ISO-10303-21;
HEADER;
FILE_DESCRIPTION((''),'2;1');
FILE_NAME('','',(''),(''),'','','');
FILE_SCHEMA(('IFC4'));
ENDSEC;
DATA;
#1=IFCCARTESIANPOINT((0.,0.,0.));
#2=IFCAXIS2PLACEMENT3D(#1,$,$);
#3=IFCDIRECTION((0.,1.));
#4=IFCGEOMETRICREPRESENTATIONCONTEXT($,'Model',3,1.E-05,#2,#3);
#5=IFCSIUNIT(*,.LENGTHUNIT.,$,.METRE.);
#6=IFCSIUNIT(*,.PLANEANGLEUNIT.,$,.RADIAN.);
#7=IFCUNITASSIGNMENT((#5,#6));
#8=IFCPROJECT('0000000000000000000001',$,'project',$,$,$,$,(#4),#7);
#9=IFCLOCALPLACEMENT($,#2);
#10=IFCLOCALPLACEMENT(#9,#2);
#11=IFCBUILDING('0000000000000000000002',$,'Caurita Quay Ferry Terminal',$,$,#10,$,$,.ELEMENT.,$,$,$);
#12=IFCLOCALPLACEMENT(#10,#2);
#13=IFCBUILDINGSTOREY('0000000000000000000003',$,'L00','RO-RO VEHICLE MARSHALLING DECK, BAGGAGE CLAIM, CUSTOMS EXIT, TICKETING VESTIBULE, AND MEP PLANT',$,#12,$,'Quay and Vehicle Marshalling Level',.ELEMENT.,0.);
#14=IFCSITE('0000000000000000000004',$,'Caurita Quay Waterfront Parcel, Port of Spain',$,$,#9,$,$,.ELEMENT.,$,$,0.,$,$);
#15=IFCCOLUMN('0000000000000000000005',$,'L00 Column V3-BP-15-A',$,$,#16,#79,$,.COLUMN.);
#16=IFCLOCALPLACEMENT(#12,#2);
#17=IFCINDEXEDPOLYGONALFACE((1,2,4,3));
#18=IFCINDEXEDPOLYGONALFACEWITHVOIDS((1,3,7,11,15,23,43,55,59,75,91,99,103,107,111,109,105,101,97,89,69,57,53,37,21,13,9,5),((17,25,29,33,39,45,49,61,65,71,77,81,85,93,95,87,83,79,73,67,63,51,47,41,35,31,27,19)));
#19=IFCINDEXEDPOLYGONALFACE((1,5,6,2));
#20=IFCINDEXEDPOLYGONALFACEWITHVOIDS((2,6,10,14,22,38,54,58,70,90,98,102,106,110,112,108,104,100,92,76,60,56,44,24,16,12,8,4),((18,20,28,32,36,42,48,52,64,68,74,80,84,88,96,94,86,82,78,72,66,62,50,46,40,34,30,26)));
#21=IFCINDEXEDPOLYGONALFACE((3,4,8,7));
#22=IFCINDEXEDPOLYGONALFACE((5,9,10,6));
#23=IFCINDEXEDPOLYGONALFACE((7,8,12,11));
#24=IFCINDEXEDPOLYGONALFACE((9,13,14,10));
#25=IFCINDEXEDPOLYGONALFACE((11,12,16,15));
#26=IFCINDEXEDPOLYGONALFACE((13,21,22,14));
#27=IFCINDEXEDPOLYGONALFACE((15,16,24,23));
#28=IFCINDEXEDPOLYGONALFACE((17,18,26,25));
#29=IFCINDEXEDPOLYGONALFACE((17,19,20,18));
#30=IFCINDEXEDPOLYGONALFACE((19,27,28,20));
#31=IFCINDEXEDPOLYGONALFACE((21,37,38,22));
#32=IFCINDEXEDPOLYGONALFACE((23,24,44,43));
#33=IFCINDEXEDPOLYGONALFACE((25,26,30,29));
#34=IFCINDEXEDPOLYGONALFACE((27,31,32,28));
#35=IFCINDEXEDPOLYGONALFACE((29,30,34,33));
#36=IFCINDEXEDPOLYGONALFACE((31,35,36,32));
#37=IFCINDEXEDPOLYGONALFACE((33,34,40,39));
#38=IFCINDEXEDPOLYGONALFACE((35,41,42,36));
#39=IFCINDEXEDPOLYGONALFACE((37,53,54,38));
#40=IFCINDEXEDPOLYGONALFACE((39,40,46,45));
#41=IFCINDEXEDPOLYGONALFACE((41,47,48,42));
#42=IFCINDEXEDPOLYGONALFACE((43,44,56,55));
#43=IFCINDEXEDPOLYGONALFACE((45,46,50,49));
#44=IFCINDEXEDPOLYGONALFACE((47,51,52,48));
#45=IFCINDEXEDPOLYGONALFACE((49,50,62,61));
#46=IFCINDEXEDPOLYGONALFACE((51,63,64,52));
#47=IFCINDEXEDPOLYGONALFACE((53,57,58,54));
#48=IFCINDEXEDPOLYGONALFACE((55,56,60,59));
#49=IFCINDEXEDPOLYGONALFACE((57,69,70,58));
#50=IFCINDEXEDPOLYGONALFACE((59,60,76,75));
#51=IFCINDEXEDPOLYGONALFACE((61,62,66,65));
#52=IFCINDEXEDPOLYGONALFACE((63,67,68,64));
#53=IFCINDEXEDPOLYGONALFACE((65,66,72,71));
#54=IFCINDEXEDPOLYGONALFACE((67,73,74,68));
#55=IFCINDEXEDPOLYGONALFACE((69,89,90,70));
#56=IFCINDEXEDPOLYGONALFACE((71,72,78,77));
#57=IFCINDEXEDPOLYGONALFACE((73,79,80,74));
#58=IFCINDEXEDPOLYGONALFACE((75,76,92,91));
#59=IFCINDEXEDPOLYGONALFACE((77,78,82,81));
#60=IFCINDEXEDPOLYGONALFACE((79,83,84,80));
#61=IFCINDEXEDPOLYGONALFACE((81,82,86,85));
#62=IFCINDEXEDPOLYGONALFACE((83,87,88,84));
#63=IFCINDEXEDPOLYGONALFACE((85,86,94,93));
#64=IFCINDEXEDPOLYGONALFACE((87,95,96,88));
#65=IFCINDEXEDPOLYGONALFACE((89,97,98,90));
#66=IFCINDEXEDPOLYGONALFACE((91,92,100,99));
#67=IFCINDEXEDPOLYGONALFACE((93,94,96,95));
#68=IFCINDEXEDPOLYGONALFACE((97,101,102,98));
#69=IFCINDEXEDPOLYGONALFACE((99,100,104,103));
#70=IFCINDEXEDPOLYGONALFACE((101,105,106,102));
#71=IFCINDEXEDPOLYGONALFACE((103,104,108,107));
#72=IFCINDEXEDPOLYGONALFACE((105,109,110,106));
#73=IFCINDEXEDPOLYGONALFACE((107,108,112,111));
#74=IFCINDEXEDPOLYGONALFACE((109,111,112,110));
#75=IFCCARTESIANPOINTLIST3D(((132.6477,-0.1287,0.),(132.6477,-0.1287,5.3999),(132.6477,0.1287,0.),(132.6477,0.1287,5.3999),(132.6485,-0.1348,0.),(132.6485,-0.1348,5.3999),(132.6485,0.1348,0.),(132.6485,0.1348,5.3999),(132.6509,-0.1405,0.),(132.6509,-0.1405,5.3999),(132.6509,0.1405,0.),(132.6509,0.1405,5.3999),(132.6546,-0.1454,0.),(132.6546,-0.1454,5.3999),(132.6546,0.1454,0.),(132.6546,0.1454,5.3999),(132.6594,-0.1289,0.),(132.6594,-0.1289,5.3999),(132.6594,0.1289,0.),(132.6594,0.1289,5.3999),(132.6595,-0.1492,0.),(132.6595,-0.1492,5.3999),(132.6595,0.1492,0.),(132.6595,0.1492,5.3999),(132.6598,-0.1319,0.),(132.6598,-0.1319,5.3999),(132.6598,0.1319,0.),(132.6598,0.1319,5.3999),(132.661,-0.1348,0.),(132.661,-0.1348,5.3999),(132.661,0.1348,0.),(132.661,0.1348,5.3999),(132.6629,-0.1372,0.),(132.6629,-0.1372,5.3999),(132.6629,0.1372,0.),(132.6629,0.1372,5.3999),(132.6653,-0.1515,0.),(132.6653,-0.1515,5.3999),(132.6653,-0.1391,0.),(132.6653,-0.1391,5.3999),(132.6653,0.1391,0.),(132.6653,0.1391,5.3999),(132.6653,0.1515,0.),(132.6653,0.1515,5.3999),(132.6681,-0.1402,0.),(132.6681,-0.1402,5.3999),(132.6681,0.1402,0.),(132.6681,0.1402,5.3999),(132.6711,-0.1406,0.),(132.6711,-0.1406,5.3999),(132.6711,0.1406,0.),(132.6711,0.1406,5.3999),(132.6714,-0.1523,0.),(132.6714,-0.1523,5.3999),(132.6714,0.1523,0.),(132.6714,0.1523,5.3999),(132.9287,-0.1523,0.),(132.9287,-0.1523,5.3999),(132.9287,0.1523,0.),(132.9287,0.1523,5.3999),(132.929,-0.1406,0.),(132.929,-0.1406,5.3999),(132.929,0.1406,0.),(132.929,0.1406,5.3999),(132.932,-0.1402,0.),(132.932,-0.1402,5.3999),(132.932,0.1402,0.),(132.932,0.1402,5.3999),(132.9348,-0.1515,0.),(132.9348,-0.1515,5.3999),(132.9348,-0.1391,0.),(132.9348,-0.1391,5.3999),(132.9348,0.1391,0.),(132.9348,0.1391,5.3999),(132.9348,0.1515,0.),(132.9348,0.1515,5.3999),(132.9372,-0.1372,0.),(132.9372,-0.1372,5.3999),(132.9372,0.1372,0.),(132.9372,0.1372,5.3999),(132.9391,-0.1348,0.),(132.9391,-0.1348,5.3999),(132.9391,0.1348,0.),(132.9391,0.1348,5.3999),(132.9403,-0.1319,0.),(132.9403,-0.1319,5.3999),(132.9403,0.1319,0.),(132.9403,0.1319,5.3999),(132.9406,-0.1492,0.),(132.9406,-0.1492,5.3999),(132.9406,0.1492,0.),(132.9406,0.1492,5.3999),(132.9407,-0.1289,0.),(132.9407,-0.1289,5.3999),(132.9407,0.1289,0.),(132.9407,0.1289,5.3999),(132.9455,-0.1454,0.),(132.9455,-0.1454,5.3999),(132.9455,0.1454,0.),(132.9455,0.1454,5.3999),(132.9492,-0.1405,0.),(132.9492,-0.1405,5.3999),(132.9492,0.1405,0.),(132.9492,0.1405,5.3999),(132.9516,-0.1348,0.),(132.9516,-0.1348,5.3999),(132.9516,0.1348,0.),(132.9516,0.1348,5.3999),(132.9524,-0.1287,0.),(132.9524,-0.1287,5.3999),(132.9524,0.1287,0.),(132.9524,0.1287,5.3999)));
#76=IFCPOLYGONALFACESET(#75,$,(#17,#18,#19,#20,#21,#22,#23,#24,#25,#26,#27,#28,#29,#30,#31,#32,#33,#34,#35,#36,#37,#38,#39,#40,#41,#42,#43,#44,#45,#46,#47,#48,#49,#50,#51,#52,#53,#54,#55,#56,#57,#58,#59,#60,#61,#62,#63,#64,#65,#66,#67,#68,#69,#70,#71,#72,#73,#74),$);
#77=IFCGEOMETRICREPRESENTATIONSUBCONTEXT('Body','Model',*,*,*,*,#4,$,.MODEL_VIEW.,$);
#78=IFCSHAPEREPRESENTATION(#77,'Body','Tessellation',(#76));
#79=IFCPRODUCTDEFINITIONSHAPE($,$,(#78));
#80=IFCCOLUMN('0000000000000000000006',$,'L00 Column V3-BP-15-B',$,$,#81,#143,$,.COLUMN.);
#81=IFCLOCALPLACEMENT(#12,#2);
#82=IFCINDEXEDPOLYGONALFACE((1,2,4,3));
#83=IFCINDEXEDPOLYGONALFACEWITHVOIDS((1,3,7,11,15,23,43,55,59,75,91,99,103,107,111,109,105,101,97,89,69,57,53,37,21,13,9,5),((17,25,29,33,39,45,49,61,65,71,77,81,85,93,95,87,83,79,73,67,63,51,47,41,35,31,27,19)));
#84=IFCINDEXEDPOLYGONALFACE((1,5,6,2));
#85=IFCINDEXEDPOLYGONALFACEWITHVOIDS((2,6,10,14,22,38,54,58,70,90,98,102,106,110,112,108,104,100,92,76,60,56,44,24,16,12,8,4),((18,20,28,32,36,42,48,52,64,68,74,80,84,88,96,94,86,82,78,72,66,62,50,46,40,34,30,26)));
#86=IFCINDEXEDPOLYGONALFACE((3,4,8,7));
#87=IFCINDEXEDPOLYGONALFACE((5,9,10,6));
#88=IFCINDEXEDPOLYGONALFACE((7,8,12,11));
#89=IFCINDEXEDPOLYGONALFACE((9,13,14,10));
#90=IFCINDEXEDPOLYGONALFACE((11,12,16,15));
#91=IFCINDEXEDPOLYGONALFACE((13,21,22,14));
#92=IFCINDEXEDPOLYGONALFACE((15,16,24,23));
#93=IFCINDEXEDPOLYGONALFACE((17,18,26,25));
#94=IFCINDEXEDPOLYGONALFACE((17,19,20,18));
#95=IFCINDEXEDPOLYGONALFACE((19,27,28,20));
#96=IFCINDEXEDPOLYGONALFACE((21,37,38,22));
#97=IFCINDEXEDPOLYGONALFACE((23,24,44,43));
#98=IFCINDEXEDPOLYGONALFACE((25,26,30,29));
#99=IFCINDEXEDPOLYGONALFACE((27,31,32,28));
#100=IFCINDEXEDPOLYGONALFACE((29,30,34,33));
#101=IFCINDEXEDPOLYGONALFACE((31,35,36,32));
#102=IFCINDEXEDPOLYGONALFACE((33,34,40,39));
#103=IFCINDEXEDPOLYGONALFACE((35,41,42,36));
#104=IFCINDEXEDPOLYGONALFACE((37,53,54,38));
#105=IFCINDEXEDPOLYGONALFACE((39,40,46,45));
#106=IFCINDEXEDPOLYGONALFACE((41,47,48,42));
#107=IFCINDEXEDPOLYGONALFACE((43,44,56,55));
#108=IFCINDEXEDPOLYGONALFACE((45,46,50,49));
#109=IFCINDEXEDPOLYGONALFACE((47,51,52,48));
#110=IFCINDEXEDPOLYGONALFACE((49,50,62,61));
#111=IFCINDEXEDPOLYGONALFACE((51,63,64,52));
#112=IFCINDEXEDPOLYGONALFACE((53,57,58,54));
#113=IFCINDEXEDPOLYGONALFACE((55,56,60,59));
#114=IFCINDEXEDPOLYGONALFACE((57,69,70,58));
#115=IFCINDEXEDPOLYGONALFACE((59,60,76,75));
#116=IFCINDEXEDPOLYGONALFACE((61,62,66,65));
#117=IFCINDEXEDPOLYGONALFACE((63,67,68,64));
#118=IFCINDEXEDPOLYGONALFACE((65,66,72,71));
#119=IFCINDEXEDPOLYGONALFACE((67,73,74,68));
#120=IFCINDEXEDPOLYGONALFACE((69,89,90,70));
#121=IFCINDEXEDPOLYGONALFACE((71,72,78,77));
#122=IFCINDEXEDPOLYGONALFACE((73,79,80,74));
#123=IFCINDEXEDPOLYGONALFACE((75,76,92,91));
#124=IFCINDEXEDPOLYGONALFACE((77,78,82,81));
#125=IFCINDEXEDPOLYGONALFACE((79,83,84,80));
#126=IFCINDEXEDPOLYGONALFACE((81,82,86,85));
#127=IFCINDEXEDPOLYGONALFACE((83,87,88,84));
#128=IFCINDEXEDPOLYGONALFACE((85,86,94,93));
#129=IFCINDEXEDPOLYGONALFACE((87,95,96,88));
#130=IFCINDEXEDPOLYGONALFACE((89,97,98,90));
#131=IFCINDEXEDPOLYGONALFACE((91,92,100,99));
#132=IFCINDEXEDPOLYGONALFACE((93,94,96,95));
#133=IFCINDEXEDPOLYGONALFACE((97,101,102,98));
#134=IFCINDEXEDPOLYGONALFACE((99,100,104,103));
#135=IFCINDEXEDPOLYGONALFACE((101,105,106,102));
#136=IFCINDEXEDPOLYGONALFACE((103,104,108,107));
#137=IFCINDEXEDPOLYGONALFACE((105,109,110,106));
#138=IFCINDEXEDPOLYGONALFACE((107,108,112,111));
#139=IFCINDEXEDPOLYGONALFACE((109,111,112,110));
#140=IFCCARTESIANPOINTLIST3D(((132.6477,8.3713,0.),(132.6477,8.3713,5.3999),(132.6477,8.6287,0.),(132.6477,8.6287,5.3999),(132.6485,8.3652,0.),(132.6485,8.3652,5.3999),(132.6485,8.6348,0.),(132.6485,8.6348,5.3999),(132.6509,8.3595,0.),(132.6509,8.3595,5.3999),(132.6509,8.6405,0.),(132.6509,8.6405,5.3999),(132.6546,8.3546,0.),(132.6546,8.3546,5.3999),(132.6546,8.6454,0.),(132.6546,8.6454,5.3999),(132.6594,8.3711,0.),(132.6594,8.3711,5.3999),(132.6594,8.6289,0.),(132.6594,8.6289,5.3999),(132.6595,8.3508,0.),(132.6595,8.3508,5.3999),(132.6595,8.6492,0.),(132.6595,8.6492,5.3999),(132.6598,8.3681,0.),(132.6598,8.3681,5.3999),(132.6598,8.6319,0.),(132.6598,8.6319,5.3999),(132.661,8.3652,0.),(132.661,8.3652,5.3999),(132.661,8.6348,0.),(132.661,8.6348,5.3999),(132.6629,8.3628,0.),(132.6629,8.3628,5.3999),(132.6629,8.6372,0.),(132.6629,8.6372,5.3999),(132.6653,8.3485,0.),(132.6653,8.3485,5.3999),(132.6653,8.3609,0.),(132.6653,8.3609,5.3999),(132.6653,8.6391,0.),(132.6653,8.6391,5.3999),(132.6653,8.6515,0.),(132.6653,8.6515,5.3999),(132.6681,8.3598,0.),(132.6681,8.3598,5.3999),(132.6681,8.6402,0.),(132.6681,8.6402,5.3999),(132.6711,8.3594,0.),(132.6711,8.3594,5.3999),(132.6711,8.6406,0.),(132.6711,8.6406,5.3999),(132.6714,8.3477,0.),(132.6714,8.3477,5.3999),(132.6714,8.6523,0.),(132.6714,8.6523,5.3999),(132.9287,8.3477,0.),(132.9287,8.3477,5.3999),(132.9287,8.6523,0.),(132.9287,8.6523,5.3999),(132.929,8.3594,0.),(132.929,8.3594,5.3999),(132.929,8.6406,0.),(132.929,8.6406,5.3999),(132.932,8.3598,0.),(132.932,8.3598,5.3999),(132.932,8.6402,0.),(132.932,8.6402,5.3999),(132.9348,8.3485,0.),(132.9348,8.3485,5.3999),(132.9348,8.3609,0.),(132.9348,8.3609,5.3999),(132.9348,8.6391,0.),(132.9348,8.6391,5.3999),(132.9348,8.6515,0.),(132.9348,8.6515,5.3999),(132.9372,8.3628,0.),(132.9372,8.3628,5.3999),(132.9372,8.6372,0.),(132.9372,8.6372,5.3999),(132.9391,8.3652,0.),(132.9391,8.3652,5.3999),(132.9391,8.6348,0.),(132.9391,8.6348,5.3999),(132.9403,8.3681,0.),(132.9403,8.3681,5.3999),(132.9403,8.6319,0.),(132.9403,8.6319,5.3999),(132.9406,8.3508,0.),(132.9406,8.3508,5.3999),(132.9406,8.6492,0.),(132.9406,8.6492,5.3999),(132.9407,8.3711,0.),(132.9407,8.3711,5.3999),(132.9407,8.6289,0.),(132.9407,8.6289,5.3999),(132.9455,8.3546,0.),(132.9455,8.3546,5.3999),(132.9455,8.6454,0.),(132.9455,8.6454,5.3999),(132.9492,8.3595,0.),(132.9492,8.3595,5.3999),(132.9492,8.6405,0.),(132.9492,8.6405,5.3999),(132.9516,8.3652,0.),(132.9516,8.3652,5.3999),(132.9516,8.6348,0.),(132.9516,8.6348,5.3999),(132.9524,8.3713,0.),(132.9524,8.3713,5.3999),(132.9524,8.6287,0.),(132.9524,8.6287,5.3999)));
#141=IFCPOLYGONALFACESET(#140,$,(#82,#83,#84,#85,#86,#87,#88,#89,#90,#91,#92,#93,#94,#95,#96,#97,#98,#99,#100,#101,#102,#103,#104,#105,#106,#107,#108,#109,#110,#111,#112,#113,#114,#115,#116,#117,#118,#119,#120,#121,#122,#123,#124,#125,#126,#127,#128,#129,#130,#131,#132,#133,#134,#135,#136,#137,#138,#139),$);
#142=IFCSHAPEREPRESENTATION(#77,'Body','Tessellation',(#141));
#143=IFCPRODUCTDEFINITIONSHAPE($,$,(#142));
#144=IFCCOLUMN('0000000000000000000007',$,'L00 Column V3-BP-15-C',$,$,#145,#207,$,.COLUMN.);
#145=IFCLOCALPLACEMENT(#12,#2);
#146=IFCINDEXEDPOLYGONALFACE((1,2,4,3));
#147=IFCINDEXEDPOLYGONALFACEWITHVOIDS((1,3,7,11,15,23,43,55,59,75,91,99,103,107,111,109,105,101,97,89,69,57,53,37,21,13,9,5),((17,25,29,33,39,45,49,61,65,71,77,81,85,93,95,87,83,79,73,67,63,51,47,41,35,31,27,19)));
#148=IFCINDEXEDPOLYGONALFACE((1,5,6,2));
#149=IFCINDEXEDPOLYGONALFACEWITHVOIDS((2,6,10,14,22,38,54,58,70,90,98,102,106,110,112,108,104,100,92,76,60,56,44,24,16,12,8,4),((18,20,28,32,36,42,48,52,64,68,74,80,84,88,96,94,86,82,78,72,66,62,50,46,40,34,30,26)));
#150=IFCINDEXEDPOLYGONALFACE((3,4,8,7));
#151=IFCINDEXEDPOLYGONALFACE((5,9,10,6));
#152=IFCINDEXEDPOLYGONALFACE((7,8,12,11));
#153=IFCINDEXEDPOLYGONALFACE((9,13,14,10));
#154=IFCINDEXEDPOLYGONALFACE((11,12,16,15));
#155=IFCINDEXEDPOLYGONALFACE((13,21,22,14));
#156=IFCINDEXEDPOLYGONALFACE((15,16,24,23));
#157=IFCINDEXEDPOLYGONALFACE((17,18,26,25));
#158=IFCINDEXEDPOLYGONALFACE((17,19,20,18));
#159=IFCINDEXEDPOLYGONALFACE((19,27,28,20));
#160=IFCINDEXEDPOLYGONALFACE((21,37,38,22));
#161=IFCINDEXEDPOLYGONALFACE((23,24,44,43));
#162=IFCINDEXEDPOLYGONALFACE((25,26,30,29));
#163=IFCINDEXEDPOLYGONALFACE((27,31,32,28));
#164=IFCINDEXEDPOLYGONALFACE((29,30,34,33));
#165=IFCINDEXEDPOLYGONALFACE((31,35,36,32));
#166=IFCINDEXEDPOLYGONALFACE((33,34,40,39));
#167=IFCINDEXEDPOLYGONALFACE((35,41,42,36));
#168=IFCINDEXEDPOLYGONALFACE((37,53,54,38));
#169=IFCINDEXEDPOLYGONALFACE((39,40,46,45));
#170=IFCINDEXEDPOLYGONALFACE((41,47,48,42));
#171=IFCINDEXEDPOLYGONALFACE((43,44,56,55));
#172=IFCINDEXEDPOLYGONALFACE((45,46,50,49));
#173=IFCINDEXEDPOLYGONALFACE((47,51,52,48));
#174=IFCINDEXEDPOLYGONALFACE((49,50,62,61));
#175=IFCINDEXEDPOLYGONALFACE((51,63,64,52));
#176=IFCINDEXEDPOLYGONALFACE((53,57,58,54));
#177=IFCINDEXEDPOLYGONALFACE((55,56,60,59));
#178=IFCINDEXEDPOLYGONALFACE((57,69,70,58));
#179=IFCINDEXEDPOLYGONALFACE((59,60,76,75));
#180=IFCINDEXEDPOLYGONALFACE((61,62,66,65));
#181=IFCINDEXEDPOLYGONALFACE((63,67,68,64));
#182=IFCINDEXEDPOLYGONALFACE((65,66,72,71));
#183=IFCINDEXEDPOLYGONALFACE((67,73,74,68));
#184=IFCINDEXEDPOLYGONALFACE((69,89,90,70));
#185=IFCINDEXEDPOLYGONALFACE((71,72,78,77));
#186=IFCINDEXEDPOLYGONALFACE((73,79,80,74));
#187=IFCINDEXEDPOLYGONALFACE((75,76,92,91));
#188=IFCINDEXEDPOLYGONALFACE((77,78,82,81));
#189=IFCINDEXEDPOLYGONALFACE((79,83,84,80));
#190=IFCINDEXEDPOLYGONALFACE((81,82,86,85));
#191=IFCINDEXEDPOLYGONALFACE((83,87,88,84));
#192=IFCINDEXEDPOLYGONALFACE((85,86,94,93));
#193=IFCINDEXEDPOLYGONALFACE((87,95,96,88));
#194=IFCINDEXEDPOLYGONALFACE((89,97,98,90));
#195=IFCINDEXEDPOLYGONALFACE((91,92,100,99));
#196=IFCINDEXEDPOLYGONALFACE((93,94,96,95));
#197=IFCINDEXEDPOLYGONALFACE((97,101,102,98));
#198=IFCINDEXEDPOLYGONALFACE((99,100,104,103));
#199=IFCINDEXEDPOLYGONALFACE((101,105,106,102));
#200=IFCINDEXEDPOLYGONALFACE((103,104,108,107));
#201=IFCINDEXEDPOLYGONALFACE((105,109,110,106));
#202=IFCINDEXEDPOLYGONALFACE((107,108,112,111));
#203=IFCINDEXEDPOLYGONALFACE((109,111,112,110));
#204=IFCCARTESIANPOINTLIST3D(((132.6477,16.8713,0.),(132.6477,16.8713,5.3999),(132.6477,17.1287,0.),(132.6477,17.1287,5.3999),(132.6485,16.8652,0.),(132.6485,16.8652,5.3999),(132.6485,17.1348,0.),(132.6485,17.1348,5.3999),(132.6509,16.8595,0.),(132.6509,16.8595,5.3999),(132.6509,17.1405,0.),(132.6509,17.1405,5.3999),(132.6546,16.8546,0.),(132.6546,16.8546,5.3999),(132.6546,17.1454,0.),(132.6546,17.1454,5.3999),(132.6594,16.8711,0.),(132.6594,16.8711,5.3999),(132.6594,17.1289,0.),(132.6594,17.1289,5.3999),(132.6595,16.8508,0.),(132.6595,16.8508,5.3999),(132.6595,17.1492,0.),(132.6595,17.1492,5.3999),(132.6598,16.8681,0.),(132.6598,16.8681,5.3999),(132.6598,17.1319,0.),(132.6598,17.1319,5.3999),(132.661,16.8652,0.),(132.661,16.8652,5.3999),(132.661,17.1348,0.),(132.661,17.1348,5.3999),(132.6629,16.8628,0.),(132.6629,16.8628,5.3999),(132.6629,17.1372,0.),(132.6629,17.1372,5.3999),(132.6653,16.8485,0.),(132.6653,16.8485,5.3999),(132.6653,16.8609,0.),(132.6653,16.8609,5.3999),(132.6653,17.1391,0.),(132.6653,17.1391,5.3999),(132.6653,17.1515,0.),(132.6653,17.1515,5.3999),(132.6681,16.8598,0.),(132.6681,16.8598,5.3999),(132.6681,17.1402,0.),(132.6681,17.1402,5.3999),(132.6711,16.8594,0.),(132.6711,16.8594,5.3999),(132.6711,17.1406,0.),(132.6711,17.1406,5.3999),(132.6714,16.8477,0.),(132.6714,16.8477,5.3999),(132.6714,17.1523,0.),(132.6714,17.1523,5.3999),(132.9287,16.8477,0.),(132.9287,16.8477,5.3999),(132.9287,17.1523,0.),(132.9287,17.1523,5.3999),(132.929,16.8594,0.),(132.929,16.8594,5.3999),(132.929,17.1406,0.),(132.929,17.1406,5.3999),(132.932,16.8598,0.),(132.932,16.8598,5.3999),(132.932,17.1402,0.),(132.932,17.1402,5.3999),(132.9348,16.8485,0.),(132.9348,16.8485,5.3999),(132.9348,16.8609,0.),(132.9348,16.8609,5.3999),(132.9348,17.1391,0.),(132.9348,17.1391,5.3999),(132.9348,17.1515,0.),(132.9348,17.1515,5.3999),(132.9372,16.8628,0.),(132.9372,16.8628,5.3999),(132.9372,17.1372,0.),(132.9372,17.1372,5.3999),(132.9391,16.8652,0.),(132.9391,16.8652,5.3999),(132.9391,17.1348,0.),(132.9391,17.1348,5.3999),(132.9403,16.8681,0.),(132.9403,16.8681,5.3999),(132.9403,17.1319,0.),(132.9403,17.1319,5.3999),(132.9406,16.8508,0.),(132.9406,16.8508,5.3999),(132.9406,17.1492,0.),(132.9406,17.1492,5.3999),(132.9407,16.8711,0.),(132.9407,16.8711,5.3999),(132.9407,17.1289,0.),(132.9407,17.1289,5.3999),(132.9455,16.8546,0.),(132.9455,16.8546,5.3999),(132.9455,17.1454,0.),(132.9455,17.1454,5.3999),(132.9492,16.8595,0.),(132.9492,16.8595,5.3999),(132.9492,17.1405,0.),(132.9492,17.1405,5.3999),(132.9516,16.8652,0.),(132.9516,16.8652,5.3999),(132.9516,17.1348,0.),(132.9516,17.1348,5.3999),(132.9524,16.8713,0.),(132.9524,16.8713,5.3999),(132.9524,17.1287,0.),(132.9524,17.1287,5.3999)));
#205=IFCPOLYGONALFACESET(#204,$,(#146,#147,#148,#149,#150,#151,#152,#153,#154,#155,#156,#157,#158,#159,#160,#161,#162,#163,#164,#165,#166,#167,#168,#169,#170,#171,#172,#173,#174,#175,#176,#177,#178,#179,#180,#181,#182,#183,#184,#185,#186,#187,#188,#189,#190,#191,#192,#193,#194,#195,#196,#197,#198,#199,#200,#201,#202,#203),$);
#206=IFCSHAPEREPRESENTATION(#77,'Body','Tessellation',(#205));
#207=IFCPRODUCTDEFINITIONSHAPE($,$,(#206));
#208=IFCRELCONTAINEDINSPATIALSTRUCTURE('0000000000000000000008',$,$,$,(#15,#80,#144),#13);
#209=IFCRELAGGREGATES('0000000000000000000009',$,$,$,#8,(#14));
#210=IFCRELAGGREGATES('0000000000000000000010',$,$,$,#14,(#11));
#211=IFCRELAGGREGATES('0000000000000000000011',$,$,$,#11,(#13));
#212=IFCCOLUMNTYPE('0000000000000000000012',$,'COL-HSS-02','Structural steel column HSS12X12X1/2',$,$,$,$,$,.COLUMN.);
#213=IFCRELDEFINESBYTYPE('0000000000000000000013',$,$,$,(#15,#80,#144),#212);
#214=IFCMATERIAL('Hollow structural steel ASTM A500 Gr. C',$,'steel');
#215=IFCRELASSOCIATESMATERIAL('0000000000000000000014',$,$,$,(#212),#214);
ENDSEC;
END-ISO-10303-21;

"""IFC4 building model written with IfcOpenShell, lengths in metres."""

from ifc_helpers import new_model, si_unit, direction, frame, origin, origin_2d, place, context, subcontext, project, spatial, hollow_rectangle, extrude, material, material_profile, profile_set, type_object, element, save


model = new_model("IFC4")

# Units and contexts
model_context = context("Model", 3, precision=1e-05, world=origin(), true_north=direction((0.0, 1.0)))
body_context = subcontext(model_context, "Body", "Model", "MODEL_VIEW")
ifc_project = project(units=[si_unit("LENGTHUNIT", "METRE"), si_unit("PLANEANGLEUNIT", "RADIAN")], contexts=[model_context])

# Site, building, storey
site_placement = place(None, origin())
site = spatial("IfcSite", under=ifc_project, at=site_placement, Name="Caurita Quay Waterfront Parcel, Port of Spain", CompositionType="ELEMENT", RefElevation=0.0)
building_placement = place(site_placement, origin())
building = spatial("IfcBuilding", under=site, at=building_placement, Name="Caurita Quay Ferry Terminal", CompositionType="ELEMENT")
storey_placement = place(building_placement, origin())
storey = spatial("IfcBuildingStorey", under=building, at=storey_placement, Name="L00", Description="RO-RO VEHICLE MARSHALLING DECK, BAGGAGE CLAIM, CUSTOMS EXIT, TICKETING VESTIBULE, AND MEP PLANT", LongName="Quay and Vehicle Marshalling Level", CompositionType="ELEMENT", Elevation=0.0)

# Columns
ifc_material_1 = material(Name="Hollow structural steel ASTM A500 Gr. C", Category="steel")
ifc_material_profile_1 = material_profile(ifc_material_1, hollow_rectangle(XDim=0.3047, YDim=0.3047, WallThickness=0.0117, InnerFilletRadius=0.0117, OuterFilletRadius=0.0237, at=origin_2d()), Name="HSS12X12X1/2")
ifc_profile_set_1 = profile_set([ifc_material_profile_1], Name="Hollow structural steel ASTM A500 Gr. C")
column_type = type_object("IfcColumnType", Name="COL-HSS-02", Description="Structural steel column HSS12X12X1/2", PredefinedType="COLUMN", material=ifc_profile_set_1)
for number, where, z_axis, x_axis, name in (
    (1, (132.8, 0.0, 0.0), (0.0, 0.0, 1.0), (1.0, 0.0, 0.0), "L00 Column V3-BP-15-A"),
    (2, (132.8, 8.5, 0.0), (0.0, 0.0, 1.0), (1.0, 0.0, 0.0), "L00 Column V3-BP-15-B"),
    (3, (132.8, 17.0, 0.0), (0.0, 0.0, 1.0), (1.0, 0.0, 0.0), "L00 Column V3-BP-15-C"),
):
    element("IfcColumn", number, at=place(storey_placement, frame(where, z_axis=z_axis, x_axis=x_axis)), inside=storey, type_object=column_type, Name=name, PredefinedType="COLUMN", context=body_context, shape_type="SweptSolid", body=[
        extrude(hollow_rectangle(XDim=0.3047, YDim=0.3047, WallThickness=0.0117, InnerFilletRadius=0.0117, OuterFilletRadius=0.0237, at=origin_2d()), origin(), (0.0, 0.0, 1.0), 5.3999),
    ])

save(model, "model.ifc")
